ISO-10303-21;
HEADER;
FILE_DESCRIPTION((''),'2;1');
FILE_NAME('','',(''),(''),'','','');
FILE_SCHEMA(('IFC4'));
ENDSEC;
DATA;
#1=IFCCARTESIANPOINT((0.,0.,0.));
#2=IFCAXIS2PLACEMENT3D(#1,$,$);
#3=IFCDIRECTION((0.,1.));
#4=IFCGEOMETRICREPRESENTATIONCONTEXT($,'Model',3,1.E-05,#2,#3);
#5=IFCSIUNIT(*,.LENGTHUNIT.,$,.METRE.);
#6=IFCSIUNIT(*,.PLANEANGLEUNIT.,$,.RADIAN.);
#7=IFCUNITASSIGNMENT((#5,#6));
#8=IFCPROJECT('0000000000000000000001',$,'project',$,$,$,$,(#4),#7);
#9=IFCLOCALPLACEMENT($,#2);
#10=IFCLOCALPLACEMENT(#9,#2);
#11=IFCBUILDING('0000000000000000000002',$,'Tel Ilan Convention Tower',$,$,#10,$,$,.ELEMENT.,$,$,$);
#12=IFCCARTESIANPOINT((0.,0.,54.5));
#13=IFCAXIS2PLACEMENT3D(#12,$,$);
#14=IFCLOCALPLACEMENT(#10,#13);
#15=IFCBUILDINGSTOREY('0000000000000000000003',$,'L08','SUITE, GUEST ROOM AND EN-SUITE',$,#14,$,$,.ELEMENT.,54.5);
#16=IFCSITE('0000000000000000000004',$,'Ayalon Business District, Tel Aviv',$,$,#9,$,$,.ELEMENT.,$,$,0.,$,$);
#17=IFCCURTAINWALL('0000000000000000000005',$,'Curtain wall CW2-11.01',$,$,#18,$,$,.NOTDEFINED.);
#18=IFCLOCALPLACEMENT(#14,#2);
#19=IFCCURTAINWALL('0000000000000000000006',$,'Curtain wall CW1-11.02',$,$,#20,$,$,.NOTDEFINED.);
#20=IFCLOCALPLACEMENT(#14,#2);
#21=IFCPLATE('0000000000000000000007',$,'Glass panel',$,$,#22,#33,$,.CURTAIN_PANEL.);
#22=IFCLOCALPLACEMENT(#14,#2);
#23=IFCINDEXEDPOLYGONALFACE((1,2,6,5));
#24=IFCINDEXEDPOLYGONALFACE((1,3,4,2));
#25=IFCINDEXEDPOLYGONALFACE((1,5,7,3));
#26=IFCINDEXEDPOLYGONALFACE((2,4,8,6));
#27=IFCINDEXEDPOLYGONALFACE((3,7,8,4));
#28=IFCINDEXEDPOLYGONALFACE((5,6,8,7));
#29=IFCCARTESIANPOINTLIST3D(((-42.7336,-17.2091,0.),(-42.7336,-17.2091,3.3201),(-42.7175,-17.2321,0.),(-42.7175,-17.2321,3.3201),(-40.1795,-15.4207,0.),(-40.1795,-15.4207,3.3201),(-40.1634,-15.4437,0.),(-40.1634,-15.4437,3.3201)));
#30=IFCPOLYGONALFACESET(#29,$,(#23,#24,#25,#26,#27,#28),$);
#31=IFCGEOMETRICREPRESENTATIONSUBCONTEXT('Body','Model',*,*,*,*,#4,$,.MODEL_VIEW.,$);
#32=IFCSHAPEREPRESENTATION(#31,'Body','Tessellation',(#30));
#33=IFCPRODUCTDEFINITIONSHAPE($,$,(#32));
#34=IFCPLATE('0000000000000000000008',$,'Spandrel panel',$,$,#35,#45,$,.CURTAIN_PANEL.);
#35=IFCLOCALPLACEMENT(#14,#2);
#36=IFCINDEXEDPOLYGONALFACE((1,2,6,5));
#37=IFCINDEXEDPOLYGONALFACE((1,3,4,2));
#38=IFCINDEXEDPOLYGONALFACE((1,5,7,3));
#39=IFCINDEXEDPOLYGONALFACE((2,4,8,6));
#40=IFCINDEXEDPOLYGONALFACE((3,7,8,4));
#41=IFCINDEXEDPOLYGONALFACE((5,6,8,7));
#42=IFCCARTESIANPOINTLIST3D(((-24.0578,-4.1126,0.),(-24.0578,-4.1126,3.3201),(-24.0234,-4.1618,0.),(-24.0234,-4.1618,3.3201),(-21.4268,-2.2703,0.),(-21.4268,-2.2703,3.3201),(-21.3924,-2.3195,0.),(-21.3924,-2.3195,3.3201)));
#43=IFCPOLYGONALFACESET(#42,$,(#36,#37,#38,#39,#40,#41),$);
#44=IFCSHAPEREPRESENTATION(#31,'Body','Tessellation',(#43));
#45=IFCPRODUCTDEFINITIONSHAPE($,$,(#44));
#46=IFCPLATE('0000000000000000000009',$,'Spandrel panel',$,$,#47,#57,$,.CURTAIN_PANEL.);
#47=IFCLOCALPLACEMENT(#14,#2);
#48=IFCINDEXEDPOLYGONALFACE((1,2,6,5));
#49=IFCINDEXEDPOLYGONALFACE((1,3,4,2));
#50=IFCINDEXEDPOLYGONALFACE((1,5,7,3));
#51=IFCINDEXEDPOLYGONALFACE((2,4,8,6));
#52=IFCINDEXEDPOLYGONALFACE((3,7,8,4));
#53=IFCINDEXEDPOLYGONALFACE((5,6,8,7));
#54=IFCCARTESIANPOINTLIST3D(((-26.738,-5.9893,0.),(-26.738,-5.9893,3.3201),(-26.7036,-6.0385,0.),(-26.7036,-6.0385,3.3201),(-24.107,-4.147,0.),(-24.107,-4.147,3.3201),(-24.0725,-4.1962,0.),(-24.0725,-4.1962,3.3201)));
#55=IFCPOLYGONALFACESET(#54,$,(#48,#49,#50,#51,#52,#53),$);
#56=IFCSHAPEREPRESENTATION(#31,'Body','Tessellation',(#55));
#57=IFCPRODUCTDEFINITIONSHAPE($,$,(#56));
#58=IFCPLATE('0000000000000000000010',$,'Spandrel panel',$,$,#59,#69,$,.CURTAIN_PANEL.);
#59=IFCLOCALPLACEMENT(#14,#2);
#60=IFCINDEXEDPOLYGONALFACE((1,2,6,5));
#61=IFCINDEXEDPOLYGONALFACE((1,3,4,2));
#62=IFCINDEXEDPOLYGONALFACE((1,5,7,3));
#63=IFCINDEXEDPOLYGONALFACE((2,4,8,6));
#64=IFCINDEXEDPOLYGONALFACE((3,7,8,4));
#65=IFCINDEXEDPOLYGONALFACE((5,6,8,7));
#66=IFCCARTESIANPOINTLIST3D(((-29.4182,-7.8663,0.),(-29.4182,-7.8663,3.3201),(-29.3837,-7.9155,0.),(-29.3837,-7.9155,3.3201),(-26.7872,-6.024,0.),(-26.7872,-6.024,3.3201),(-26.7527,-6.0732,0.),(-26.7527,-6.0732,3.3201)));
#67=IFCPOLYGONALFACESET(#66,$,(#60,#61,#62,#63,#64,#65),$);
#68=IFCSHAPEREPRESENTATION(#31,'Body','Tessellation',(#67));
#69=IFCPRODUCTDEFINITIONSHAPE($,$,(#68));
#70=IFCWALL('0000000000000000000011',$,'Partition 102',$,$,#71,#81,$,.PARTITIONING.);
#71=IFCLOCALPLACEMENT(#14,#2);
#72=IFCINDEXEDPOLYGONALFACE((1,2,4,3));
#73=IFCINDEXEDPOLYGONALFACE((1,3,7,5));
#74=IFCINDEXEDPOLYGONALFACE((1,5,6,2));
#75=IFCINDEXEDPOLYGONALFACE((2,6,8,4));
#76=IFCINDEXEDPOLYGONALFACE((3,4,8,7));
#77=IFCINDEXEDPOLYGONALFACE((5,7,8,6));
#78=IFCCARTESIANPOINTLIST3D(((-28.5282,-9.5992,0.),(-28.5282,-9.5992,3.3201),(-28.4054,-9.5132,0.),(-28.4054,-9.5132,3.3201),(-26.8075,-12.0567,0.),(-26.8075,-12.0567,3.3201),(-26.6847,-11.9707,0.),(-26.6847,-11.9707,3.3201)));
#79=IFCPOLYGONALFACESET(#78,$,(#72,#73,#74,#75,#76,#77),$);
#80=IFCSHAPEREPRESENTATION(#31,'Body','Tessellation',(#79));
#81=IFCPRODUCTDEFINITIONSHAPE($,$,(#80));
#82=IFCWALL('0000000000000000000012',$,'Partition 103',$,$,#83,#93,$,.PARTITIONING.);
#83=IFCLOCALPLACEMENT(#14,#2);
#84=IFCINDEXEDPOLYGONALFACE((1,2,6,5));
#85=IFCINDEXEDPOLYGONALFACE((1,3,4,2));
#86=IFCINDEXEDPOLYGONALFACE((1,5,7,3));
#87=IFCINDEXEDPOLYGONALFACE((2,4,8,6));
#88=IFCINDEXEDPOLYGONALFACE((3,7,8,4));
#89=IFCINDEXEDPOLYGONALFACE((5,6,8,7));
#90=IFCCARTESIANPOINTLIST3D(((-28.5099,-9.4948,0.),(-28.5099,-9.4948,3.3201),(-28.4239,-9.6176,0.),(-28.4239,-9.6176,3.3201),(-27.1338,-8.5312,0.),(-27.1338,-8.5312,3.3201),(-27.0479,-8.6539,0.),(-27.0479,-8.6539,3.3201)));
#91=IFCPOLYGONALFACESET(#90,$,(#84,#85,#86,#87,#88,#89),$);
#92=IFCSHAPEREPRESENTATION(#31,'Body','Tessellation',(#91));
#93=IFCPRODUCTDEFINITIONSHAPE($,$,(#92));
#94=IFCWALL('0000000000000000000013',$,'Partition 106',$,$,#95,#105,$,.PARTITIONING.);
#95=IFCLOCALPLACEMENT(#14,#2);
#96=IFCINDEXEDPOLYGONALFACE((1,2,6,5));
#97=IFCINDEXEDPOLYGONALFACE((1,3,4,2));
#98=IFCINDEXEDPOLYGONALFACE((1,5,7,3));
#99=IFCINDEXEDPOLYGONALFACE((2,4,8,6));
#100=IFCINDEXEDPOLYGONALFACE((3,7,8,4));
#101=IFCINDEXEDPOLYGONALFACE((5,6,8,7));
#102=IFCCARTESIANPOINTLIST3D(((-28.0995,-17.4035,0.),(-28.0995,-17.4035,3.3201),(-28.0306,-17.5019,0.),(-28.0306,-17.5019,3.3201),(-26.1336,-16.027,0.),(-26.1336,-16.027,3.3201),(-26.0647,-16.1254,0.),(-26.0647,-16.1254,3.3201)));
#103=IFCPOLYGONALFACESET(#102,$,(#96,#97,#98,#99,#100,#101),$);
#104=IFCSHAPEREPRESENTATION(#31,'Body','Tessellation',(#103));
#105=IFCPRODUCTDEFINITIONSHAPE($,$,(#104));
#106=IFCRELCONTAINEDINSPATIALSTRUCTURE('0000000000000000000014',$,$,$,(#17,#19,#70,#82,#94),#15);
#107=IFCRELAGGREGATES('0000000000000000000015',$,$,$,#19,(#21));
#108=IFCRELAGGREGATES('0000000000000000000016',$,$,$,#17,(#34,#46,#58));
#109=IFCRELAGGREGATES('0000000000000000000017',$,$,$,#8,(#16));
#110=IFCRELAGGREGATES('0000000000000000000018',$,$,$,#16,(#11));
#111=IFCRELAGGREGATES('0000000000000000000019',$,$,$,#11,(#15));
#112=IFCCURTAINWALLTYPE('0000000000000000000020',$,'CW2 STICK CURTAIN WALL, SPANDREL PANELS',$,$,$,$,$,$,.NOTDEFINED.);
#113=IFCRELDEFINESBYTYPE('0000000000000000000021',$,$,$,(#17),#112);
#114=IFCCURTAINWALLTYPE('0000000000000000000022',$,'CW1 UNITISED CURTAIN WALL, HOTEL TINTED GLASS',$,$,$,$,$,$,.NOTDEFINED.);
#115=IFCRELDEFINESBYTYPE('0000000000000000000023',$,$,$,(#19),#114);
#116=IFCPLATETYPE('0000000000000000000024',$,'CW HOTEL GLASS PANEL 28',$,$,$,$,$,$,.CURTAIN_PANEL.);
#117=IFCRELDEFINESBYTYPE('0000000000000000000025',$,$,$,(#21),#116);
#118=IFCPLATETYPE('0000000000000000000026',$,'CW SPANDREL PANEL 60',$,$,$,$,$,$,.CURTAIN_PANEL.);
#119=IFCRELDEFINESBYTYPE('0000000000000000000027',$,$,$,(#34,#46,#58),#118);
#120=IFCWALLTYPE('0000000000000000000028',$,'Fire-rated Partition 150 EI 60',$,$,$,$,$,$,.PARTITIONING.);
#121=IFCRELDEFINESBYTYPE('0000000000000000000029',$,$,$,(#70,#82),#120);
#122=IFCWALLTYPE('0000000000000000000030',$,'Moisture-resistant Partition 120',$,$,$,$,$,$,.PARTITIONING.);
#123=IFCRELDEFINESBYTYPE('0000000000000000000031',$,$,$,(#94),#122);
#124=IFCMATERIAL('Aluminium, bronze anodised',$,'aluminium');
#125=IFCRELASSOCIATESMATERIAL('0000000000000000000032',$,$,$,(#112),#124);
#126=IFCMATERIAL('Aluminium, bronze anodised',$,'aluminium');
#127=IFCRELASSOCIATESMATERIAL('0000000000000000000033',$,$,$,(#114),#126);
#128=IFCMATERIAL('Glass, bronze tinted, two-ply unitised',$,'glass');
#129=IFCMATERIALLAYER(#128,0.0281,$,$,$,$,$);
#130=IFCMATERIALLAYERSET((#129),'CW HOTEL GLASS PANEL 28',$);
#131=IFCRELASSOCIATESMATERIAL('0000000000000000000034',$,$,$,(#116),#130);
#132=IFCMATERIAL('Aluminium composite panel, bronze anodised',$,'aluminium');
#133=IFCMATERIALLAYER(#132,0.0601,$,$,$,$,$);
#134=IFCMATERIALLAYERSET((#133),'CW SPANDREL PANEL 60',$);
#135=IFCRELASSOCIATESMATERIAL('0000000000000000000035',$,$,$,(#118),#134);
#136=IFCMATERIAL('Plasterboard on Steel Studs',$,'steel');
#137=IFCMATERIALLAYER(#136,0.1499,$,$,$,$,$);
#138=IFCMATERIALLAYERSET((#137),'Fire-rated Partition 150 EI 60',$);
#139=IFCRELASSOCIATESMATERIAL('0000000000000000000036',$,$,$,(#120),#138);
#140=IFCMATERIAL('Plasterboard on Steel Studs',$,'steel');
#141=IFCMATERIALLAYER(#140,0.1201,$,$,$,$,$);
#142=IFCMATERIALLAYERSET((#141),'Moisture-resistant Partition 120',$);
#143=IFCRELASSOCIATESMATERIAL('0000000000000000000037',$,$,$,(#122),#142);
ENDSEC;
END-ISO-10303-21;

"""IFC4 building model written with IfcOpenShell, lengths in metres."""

from ifc_helpers import new_model, si_unit, direction, frame, frame_2d, origin, origin_2d, place, context, subcontext, project, spatial, rectangle, extrude, material, layer, layer_set, type_object, element, aggregate, save


model = new_model("IFC4")

# Units and contexts
model_context = context("Model", 3, precision=1e-05, world=origin(), true_north=direction((0.0, 1.0)))
body_context = subcontext(model_context, "Body", "Model", "MODEL_VIEW")
ifc_project = project(units=[si_unit("LENGTHUNIT", "METRE"), si_unit("PLANEANGLEUNIT", "RADIAN")], contexts=[model_context])

# Site, building, storey
site_placement = place(None, origin())
site = spatial("IfcSite", under=ifc_project, at=site_placement, Name="Ayalon Business District, Tel Aviv", CompositionType="ELEMENT", RefElevation=0.0)
building_placement = place(site_placement, origin())
building = spatial("IfcBuilding", under=site, at=building_placement, Name="Tel Ilan Convention Tower", CompositionType="ELEMENT")
storey_placement = place(building_placement, frame((0.0, 0.0, 54.5)))
storey = spatial("IfcBuildingStorey", under=building, at=storey_placement, Name="L08", Description="SUITE, GUEST ROOM AND EN-SUITE", CompositionType="ELEMENT", Elevation=54.5)

# Curtain wall
ifc_material_1 = material(Name="Aluminium, bronze anodised", Category="aluminium")
curtain_wall_type_1 = type_object("IfcCurtainWallType", Name="CW2 STICK CURTAIN WALL, SPANDREL PANELS", PredefinedType="NOTDEFINED", material=ifc_material_1)
curtain_wall_1_placement = place(storey_placement, origin())
curtain_wall_1 = element("IfcCurtainWall", 1, at=curtain_wall_1_placement, inside=storey, type_object=curtain_wall_type_1, Name="Curtain wall CW2-11.01", PredefinedType="NOTDEFINED")

# Curtain wall, plate
ifc_material_2 = material(Name="Aluminium, bronze anodised", Category="aluminium")
curtain_wall_type_2 = type_object("IfcCurtainWallType", Name="CW1 UNITISED CURTAIN WALL, HOTEL TINTED GLASS", PredefinedType="NOTDEFINED", material=ifc_material_2)
curtain_wall_2_placement = place(storey_placement, origin())
curtain_wall_2 = element("IfcCurtainWall", 2, at=curtain_wall_2_placement, inside=storey, type_object=curtain_wall_type_2, Name="Curtain wall CW1-11.02", PredefinedType="NOTDEFINED")
ifc_material_3 = material(Name="Glass, bronze tinted, two-ply unitised", Category="glass")
ifc_layer_1 = layer(ifc_material_3, 0.0281)
ifc_layer_set_1 = layer_set([ifc_layer_1], Name="CW HOTEL GLASS PANEL 28")
plate_type_1 = type_object("IfcPlateType", Name="CW HOTEL GLASS PANEL 28", PredefinedType="CURTAIN_PANEL", material=ifc_layer_set_1)
plate_1_placement = place(storey_placement, frame((-41.4485, -16.3264, 0.0), z_axis=(0.0, 0.0, 1.0), x_axis=(-0.819152, -0.573576, 0.0)))
plate_1 = element("IfcPlate", 3, at=plate_1_placement, type_object=plate_type_1, Name="Glass panel", PredefinedType="CURTAIN_PANEL", context=body_context, shape_type="SweptSolid", body=[
    extrude(rectangle(XDim=3.1179, YDim=0.0281, at=origin_2d()), origin(), (0.0, 0.0, 1.0), 3.3201),
])
aggregate(curtain_wall_2, [plate_1])

# Plates
ifc_material_4 = material(Name="Aluminium composite panel, bronze anodised", Category="aluminium")
ifc_layer_2 = layer(ifc_material_4, 0.0601)
ifc_layer_set_2 = layer_set([ifc_layer_2], Name="CW SPANDREL PANEL 60")
plate_type_2 = type_object("IfcPlateType", Name="CW SPANDREL PANEL 60", PredefinedType="CURTAIN_PANEL", material=ifc_layer_set_2)
plate_2_placement = place(storey_placement, frame((-22.7251, -3.2161, 0.0), z_axis=(0.0, 0.0, 1.0), x_axis=(-0.819152, -0.573576, 0.0)))
plate_2 = element("IfcPlate", 4, at=plate_2_placement, type_object=plate_type_2, Name="Spandrel panel", PredefinedType="CURTAIN_PANEL", context=body_context, shape_type="SweptSolid", body=[
    extrude(rectangle(XDim=3.2119, YDim=0.0601, at=origin_2d()), origin(), (0.0, 0.0, 1.0), 3.3201),
])
plate_3_placement = place(storey_placement, frame((-25.4053, -5.0928, 0.0), z_axis=(0.0, 0.0, 1.0), x_axis=(-0.819152, -0.573576, 0.0)))
plate_3 = element("IfcPlate", 5, at=plate_3_placement, type_object=plate_type_2, Name="Spandrel panel", PredefinedType="CURTAIN_PANEL", context=body_context, shape_type="SweptSolid", body=[
    extrude(rectangle(XDim=3.2119, YDim=0.0601, at=origin_2d()), origin(), (0.0, 0.0, 1.0), 3.3201),
])
plate_4_placement = place(storey_placement, frame((-28.0854, -6.9697, 0.0), z_axis=(0.0, 0.0, 1.0), x_axis=(-0.819152, -0.573576, 0.0)))
plate_4 = element("IfcPlate", 6, at=plate_4_placement, type_object=plate_type_2, Name="Spandrel panel", PredefinedType="CURTAIN_PANEL", context=body_context, shape_type="SweptSolid", body=[
    extrude(rectangle(XDim=3.2119, YDim=0.0601, at=origin_2d()), origin(), (0.0, 0.0, 1.0), 3.3201),
])
aggregate(curtain_wall_1, [plate_2, plate_3, plate_4])

# Walls
ifc_material_5 = material(Name="Plasterboard on Steel Studs", Category="steel")
ifc_layer_3 = layer(ifc_material_5, 0.1499)
ifc_layer_set_3 = layer_set([ifc_layer_3], Name="Fire-rated Partition 150 EI 60")
wall_type_1 = type_object("IfcWallType", Name="Fire-rated Partition 150 EI 60", PredefinedType="PARTITIONING", material=ifc_layer_set_3)
wall_1_placement = place(storey_placement, frame((-26.7461, -12.0137, 0.0), z_axis=(0.0, 0.0, 1.0), x_axis=(-0.573561, 0.819163, 0.0)))
element("IfcWall", 7, at=wall_1_placement, inside=storey, type_object=wall_type_1, Name="Partition 102", PredefinedType="PARTITIONING", context=body_context, shape_type="SweptSolid", body=[
    extrude(rectangle(XDim=3.0, YDim=0.1499, at=frame_2d((1.5, 0.0))), origin(), (0.0, 0.0, 1.0), 3.3201),
])
wall_2_placement = place(storey_placement, frame((-28.4668, -9.5562, 0.0), z_axis=(0.0, 0.0, 1.0), x_axis=(0.819109, 0.573638, 0.0)))
element("IfcWall", 8, at=wall_2_placement, inside=storey, type_object=wall_type_1, Name="Partition 103", PredefinedType="PARTITIONING", context=body_context, shape_type="SweptSolid", body=[
    extrude(rectangle(XDim=1.6799, YDim=0.1499, at=frame_2d((0.8398, 0.0))), origin(), (0.0, 0.0, 1.0), 3.3201),
])
ifc_material_6 = material(Name="Plasterboard on Steel Studs", Category="steel")
ifc_layer_4 = layer(ifc_material_6, 0.1201)
ifc_layer_set_4 = layer_set([ifc_layer_4], Name="Moisture-resistant Partition 120")
wall_type_2 = type_object("IfcWallType", Name="Moisture-resistant Partition 120", PredefinedType="PARTITIONING", material=ifc_layer_set_4)
wall_3_placement = place(storey_placement, frame((-26.0991, -16.0762, 0.0), z_axis=(0.0, 0.0, 1.0), x_axis=(-0.819155, -0.573572, 0.0)))
element("IfcWall", 9, at=wall_3_placement, inside=storey, type_object=wall_type_2, Name="Partition 106", PredefinedType="PARTITIONING", context=body_context, shape_type="SweptSolid", body=[
    extrude(rectangle(XDim=2.3999, YDim=0.1201, at=frame_2d((1.2, 0.0))), origin(), (0.0, 0.0, 1.0), 3.3201),
])

save(model, "model.ifc")
